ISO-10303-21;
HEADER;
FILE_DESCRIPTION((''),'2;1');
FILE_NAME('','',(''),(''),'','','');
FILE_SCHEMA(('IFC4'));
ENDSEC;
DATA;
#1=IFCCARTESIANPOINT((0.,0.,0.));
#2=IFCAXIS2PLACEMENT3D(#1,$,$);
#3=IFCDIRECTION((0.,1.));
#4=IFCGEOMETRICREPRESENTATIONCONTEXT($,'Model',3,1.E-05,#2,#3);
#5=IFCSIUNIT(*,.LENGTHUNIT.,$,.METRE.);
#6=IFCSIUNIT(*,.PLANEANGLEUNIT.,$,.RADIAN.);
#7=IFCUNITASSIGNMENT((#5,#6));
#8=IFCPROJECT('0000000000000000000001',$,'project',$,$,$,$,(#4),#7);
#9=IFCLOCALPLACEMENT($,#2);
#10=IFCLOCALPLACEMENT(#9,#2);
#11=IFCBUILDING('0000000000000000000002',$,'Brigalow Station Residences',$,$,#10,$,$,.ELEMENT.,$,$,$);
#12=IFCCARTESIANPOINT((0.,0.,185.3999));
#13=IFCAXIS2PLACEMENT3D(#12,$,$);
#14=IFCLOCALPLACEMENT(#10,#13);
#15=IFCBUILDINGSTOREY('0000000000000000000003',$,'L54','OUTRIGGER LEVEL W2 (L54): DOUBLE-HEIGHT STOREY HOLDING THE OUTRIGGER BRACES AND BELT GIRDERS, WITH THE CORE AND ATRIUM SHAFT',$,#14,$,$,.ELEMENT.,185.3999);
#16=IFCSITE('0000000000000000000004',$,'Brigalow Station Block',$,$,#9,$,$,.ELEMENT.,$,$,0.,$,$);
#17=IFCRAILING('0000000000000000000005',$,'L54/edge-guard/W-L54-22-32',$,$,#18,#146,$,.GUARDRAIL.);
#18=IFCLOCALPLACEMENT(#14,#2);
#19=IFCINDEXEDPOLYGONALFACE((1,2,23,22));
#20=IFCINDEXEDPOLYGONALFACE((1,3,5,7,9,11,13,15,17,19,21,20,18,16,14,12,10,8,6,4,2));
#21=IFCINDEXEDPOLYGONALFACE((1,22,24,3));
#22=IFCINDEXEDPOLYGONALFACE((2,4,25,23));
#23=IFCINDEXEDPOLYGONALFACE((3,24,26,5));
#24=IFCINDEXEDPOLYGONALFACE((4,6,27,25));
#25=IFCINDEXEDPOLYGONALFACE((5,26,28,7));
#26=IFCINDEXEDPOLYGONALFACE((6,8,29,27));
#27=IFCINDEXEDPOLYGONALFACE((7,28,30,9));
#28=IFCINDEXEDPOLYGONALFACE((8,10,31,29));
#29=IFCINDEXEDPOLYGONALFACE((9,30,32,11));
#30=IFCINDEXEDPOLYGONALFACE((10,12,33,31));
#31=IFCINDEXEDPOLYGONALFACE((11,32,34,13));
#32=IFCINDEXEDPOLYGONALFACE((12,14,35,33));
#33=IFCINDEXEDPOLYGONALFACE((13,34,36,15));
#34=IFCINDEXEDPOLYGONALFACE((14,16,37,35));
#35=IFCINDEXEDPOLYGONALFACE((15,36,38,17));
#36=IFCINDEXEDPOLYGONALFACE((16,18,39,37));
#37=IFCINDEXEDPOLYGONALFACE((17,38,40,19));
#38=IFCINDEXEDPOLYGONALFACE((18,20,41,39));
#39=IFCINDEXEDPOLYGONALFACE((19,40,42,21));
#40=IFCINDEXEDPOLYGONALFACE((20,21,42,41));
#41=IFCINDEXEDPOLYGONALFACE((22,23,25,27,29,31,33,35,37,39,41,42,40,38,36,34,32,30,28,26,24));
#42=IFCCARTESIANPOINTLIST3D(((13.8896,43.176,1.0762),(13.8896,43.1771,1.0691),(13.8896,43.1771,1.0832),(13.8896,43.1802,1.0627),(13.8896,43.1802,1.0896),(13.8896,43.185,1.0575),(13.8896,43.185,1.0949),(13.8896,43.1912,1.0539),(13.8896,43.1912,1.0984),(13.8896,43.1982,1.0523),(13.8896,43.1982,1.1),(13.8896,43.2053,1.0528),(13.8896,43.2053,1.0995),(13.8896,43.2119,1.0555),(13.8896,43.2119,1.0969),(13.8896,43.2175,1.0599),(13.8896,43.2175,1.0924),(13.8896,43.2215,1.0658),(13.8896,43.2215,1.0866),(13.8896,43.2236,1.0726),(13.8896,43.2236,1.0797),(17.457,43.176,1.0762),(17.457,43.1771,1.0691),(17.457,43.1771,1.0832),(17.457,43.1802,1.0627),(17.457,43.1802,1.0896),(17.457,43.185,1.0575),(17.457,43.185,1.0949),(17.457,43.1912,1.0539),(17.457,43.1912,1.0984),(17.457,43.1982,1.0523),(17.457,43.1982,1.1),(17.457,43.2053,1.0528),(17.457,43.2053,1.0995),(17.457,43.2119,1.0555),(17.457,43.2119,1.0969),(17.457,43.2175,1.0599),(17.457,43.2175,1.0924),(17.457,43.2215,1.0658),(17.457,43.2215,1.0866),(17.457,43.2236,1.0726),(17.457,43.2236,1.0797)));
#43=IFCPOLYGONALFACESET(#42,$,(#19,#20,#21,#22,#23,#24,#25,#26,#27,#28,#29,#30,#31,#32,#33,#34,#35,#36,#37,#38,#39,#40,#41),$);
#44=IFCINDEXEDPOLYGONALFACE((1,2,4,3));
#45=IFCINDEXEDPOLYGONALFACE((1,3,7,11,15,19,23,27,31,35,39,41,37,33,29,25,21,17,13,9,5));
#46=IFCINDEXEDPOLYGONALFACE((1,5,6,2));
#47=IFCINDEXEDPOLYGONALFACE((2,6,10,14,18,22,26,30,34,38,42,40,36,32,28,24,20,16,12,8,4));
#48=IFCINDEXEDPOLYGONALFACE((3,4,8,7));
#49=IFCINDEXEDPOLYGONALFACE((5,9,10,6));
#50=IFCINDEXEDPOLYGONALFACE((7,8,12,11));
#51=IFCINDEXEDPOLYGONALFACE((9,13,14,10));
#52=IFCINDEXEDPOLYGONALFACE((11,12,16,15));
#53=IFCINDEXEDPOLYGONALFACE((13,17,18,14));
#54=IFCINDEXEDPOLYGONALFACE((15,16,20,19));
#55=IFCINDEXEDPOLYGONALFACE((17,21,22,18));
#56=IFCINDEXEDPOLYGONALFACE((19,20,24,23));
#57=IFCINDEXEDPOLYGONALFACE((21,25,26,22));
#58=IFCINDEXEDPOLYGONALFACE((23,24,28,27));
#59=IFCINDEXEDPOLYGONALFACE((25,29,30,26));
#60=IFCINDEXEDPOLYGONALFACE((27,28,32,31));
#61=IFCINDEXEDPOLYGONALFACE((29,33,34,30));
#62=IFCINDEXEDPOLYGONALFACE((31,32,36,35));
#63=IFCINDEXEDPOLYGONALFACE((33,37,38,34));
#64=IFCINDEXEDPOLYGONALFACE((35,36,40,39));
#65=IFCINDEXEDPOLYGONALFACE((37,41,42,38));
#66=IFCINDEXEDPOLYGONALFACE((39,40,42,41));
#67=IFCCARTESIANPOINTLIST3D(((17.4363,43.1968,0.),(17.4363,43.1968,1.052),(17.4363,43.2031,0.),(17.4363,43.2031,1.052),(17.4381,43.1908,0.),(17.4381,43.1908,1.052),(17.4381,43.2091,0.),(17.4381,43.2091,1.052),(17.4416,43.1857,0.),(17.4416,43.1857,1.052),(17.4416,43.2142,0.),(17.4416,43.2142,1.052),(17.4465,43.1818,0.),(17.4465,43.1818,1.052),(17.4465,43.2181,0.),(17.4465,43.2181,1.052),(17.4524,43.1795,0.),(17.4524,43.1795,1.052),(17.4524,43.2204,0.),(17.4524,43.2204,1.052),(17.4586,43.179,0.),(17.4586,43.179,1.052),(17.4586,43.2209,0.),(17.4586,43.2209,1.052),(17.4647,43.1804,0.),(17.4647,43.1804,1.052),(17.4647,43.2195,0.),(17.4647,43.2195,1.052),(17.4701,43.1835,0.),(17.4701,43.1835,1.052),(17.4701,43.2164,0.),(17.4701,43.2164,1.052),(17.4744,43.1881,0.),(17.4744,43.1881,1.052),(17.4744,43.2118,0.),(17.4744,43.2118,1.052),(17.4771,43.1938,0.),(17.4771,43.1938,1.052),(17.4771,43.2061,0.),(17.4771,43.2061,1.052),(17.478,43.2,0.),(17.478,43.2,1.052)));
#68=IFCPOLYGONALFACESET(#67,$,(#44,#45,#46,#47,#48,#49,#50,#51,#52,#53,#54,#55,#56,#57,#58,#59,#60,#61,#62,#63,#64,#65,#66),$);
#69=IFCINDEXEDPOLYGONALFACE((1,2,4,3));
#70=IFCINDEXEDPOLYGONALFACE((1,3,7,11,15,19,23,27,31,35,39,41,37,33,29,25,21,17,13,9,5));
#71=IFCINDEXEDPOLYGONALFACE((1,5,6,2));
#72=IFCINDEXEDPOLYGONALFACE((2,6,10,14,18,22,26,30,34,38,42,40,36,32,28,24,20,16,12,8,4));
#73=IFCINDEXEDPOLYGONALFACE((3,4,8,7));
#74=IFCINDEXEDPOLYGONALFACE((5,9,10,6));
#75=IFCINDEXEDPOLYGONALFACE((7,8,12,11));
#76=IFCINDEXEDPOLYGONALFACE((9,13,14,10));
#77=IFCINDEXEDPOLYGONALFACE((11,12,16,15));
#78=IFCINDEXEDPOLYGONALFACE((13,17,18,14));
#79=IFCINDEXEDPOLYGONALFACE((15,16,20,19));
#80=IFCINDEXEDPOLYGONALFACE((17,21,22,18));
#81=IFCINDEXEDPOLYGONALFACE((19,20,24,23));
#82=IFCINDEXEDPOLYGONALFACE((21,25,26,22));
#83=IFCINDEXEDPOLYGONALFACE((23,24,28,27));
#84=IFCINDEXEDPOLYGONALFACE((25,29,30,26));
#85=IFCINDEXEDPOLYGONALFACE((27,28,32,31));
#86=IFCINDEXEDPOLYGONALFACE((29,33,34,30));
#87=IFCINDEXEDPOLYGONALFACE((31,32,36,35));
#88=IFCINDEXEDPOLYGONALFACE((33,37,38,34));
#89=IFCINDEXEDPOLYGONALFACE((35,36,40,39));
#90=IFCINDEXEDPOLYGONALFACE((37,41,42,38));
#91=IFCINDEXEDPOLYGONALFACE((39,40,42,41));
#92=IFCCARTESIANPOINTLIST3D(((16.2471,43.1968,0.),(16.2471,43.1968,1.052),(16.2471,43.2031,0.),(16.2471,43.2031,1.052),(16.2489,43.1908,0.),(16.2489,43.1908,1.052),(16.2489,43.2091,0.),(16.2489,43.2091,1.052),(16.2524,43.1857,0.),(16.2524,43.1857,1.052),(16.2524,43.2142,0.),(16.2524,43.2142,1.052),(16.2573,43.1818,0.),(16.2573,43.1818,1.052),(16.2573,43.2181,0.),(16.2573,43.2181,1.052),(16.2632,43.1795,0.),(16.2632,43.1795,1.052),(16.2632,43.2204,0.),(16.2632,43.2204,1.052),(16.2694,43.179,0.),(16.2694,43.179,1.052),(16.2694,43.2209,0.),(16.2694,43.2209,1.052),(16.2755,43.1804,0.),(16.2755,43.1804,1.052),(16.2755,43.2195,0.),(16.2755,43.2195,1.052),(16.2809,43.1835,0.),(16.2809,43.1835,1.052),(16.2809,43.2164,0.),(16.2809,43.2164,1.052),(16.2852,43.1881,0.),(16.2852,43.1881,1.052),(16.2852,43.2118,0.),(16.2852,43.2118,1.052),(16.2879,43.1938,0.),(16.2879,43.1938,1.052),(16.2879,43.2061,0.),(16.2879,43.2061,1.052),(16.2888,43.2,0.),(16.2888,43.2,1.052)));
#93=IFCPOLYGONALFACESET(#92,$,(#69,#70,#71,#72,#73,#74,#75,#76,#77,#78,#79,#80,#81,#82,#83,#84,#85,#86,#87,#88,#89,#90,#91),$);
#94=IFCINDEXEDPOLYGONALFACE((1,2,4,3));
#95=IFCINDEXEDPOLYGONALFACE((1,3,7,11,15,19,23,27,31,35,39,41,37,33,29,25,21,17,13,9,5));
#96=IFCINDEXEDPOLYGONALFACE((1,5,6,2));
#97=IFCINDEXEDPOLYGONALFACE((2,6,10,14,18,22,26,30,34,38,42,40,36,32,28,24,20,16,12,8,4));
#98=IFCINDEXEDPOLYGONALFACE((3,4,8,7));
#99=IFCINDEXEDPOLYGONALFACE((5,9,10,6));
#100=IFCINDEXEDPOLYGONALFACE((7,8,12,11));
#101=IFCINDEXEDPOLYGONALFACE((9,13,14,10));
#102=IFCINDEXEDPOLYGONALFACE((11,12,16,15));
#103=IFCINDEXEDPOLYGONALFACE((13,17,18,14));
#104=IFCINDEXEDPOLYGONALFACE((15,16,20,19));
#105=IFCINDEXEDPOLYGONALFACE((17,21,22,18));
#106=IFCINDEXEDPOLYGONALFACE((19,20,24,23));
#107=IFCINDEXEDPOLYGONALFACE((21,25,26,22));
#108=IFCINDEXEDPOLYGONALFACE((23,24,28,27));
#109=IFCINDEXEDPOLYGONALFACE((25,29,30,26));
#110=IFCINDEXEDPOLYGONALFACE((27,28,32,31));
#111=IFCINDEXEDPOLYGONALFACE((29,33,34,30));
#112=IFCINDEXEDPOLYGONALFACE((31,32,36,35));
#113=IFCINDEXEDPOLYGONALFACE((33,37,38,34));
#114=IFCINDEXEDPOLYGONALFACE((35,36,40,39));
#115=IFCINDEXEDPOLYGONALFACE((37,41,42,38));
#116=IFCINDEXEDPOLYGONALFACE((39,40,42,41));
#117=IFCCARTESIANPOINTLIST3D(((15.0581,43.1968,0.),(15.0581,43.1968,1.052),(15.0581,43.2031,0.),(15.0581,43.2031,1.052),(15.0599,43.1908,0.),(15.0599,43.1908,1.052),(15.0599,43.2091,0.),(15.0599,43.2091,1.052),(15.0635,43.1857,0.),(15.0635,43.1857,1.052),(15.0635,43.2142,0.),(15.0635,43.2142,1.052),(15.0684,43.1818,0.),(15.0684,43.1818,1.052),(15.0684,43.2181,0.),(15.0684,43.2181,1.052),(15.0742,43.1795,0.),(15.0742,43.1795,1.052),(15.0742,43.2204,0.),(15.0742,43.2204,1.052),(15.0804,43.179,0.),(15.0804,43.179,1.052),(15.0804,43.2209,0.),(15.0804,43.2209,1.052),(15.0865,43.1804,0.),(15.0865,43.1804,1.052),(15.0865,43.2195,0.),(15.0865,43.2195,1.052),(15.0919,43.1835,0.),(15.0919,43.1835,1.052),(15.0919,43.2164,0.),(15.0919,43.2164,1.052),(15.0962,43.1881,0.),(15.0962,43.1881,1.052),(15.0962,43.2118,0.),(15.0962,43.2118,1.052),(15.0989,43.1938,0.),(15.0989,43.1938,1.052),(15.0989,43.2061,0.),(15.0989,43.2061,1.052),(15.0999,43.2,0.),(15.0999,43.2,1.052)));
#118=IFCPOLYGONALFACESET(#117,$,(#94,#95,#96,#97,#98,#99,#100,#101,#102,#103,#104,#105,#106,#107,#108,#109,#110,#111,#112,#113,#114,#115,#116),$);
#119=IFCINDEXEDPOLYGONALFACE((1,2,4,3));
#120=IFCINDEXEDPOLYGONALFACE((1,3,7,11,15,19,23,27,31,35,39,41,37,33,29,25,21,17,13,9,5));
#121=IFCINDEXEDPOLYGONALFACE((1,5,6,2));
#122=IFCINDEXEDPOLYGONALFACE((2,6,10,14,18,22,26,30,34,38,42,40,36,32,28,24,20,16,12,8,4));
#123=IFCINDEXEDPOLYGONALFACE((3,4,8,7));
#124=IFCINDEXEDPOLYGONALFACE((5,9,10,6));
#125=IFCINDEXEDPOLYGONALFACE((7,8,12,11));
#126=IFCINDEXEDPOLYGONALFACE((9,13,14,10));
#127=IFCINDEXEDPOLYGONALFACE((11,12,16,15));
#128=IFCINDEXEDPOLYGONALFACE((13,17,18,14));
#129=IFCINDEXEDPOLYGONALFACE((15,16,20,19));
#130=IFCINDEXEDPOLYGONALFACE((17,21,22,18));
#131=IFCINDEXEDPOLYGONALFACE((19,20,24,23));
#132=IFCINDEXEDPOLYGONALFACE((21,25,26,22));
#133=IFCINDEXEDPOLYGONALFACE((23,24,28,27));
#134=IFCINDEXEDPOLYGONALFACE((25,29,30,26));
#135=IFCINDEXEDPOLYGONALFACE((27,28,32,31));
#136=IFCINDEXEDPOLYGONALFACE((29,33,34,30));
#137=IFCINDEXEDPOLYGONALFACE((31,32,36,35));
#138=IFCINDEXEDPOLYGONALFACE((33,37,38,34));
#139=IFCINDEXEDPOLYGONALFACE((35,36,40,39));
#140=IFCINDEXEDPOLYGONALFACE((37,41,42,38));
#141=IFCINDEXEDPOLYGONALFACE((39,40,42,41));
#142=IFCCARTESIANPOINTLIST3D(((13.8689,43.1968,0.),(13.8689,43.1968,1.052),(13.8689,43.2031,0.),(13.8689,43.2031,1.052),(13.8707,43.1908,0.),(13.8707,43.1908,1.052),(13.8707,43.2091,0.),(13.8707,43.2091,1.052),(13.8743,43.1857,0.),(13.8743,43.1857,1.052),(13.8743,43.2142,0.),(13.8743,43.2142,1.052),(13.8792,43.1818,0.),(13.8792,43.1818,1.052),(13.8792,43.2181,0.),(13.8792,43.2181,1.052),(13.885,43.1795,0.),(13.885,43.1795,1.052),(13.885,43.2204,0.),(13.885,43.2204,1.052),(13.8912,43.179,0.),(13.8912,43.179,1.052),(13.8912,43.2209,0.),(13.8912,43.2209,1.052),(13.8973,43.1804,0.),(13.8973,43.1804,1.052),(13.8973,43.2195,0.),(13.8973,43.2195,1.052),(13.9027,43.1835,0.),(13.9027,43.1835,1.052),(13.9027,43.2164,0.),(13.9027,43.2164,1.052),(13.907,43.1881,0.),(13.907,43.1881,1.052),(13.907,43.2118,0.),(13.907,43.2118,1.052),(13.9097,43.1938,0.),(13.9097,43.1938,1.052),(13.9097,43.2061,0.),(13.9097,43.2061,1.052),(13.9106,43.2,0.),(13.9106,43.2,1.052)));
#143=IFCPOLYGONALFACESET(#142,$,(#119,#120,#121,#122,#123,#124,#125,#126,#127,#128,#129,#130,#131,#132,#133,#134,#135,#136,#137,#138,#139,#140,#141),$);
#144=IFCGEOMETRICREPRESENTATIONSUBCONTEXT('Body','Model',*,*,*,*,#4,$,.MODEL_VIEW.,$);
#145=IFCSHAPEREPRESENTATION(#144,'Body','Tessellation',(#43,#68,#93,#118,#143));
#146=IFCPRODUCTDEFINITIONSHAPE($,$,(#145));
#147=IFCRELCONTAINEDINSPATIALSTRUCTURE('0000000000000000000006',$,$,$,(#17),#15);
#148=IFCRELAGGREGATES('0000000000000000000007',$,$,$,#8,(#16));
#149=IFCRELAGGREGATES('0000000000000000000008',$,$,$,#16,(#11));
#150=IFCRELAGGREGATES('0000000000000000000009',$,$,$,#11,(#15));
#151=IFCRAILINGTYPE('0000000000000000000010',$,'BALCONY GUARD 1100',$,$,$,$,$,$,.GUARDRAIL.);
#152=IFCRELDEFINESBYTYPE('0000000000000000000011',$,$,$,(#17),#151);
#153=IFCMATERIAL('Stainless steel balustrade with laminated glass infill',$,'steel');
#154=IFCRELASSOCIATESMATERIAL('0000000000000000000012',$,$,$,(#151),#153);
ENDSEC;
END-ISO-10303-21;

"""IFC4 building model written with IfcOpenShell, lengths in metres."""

from ifc_helpers import new_model, si_unit, direction, frame, origin, origin_2d, place, context, subcontext, project, spatial, circle, extrude, material, type_object, element, save


model = new_model("IFC4")

# Units and contexts
model_context = context("Model", 3, precision=1e-05, world=origin(), true_north=direction((0.0, 1.0)))
body_context = subcontext(model_context, "Body", "Model", "MODEL_VIEW")
ifc_project = project(units=[si_unit("LENGTHUNIT", "METRE"), si_unit("PLANEANGLEUNIT", "RADIAN")], contexts=[model_context])

# Site, building, storey
site_placement = place(None, origin())
site = spatial("IfcSite", under=ifc_project, at=site_placement, Name="Brigalow Station Block", CompositionType="ELEMENT", RefElevation=0.0)
building_placement = place(site_placement, origin())
building = spatial("IfcBuilding", under=site, at=building_placement, Name="Brigalow Station Residences", CompositionType="ELEMENT")
storey_placement = place(building_placement, frame((0.0, 0.0, 185.3999)))
storey = spatial("IfcBuildingStorey", under=building, at=storey_placement, Name="L54", Description="OUTRIGGER LEVEL W2 (L54): DOUBLE-HEIGHT STOREY HOLDING THE OUTRIGGER BRACES AND BELT GIRDERS, WITH THE CORE AND ATRIUM SHAFT", CompositionType="ELEMENT", Elevation=185.3999)

# Railing
ifc_material_1 = material(Name="Stainless steel balustrade with laminated glass infill", Category="steel")
railing_type_1 = type_object("IfcRailingType", Name="BALCONY GUARD 1100", PredefinedType="GUARDRAIL", material=ifc_material_1)
railing_1_placement = place(storey_placement, frame((17.457, 43.2, 0.0)))
element("IfcRailing", 1, at=railing_1_placement, inside=storey, type_object=railing_type_1, Name="L54/edge-guard/W-L54-22-32", PredefinedType="GUARDRAIL", context=body_context, shape_type="SweptSolid", body=[
    extrude(circle(Radius=0.0239, at=origin_2d()), frame((0.0, 0.0, 1.0762), z_axis=(-1.0, 0.0, 0.0), x_axis=(0.0, -1.0, 0.0)), (0.0, 0.0, 1.0), 3.5674),
    extrude(circle(Radius=0.021, at=origin_2d()), origin(), (0.0, 0.0, 1.0), 1.052),
    extrude(circle(Radius=0.021, at=origin_2d()), frame((-1.1892, 0.0, 0.0)), (0.0, 0.0, 1.0), 1.052),
    extrude(circle(Radius=0.021, at=origin_2d()), frame((-2.3782, 0.0, 0.0)), (0.0, 0.0, 1.0), 1.052),
    extrude(circle(Radius=0.021, at=origin_2d()), frame((-3.5674, 0.0, 0.0)), (0.0, 0.0, 1.0), 1.052),
])

save(model, "model.ifc")
